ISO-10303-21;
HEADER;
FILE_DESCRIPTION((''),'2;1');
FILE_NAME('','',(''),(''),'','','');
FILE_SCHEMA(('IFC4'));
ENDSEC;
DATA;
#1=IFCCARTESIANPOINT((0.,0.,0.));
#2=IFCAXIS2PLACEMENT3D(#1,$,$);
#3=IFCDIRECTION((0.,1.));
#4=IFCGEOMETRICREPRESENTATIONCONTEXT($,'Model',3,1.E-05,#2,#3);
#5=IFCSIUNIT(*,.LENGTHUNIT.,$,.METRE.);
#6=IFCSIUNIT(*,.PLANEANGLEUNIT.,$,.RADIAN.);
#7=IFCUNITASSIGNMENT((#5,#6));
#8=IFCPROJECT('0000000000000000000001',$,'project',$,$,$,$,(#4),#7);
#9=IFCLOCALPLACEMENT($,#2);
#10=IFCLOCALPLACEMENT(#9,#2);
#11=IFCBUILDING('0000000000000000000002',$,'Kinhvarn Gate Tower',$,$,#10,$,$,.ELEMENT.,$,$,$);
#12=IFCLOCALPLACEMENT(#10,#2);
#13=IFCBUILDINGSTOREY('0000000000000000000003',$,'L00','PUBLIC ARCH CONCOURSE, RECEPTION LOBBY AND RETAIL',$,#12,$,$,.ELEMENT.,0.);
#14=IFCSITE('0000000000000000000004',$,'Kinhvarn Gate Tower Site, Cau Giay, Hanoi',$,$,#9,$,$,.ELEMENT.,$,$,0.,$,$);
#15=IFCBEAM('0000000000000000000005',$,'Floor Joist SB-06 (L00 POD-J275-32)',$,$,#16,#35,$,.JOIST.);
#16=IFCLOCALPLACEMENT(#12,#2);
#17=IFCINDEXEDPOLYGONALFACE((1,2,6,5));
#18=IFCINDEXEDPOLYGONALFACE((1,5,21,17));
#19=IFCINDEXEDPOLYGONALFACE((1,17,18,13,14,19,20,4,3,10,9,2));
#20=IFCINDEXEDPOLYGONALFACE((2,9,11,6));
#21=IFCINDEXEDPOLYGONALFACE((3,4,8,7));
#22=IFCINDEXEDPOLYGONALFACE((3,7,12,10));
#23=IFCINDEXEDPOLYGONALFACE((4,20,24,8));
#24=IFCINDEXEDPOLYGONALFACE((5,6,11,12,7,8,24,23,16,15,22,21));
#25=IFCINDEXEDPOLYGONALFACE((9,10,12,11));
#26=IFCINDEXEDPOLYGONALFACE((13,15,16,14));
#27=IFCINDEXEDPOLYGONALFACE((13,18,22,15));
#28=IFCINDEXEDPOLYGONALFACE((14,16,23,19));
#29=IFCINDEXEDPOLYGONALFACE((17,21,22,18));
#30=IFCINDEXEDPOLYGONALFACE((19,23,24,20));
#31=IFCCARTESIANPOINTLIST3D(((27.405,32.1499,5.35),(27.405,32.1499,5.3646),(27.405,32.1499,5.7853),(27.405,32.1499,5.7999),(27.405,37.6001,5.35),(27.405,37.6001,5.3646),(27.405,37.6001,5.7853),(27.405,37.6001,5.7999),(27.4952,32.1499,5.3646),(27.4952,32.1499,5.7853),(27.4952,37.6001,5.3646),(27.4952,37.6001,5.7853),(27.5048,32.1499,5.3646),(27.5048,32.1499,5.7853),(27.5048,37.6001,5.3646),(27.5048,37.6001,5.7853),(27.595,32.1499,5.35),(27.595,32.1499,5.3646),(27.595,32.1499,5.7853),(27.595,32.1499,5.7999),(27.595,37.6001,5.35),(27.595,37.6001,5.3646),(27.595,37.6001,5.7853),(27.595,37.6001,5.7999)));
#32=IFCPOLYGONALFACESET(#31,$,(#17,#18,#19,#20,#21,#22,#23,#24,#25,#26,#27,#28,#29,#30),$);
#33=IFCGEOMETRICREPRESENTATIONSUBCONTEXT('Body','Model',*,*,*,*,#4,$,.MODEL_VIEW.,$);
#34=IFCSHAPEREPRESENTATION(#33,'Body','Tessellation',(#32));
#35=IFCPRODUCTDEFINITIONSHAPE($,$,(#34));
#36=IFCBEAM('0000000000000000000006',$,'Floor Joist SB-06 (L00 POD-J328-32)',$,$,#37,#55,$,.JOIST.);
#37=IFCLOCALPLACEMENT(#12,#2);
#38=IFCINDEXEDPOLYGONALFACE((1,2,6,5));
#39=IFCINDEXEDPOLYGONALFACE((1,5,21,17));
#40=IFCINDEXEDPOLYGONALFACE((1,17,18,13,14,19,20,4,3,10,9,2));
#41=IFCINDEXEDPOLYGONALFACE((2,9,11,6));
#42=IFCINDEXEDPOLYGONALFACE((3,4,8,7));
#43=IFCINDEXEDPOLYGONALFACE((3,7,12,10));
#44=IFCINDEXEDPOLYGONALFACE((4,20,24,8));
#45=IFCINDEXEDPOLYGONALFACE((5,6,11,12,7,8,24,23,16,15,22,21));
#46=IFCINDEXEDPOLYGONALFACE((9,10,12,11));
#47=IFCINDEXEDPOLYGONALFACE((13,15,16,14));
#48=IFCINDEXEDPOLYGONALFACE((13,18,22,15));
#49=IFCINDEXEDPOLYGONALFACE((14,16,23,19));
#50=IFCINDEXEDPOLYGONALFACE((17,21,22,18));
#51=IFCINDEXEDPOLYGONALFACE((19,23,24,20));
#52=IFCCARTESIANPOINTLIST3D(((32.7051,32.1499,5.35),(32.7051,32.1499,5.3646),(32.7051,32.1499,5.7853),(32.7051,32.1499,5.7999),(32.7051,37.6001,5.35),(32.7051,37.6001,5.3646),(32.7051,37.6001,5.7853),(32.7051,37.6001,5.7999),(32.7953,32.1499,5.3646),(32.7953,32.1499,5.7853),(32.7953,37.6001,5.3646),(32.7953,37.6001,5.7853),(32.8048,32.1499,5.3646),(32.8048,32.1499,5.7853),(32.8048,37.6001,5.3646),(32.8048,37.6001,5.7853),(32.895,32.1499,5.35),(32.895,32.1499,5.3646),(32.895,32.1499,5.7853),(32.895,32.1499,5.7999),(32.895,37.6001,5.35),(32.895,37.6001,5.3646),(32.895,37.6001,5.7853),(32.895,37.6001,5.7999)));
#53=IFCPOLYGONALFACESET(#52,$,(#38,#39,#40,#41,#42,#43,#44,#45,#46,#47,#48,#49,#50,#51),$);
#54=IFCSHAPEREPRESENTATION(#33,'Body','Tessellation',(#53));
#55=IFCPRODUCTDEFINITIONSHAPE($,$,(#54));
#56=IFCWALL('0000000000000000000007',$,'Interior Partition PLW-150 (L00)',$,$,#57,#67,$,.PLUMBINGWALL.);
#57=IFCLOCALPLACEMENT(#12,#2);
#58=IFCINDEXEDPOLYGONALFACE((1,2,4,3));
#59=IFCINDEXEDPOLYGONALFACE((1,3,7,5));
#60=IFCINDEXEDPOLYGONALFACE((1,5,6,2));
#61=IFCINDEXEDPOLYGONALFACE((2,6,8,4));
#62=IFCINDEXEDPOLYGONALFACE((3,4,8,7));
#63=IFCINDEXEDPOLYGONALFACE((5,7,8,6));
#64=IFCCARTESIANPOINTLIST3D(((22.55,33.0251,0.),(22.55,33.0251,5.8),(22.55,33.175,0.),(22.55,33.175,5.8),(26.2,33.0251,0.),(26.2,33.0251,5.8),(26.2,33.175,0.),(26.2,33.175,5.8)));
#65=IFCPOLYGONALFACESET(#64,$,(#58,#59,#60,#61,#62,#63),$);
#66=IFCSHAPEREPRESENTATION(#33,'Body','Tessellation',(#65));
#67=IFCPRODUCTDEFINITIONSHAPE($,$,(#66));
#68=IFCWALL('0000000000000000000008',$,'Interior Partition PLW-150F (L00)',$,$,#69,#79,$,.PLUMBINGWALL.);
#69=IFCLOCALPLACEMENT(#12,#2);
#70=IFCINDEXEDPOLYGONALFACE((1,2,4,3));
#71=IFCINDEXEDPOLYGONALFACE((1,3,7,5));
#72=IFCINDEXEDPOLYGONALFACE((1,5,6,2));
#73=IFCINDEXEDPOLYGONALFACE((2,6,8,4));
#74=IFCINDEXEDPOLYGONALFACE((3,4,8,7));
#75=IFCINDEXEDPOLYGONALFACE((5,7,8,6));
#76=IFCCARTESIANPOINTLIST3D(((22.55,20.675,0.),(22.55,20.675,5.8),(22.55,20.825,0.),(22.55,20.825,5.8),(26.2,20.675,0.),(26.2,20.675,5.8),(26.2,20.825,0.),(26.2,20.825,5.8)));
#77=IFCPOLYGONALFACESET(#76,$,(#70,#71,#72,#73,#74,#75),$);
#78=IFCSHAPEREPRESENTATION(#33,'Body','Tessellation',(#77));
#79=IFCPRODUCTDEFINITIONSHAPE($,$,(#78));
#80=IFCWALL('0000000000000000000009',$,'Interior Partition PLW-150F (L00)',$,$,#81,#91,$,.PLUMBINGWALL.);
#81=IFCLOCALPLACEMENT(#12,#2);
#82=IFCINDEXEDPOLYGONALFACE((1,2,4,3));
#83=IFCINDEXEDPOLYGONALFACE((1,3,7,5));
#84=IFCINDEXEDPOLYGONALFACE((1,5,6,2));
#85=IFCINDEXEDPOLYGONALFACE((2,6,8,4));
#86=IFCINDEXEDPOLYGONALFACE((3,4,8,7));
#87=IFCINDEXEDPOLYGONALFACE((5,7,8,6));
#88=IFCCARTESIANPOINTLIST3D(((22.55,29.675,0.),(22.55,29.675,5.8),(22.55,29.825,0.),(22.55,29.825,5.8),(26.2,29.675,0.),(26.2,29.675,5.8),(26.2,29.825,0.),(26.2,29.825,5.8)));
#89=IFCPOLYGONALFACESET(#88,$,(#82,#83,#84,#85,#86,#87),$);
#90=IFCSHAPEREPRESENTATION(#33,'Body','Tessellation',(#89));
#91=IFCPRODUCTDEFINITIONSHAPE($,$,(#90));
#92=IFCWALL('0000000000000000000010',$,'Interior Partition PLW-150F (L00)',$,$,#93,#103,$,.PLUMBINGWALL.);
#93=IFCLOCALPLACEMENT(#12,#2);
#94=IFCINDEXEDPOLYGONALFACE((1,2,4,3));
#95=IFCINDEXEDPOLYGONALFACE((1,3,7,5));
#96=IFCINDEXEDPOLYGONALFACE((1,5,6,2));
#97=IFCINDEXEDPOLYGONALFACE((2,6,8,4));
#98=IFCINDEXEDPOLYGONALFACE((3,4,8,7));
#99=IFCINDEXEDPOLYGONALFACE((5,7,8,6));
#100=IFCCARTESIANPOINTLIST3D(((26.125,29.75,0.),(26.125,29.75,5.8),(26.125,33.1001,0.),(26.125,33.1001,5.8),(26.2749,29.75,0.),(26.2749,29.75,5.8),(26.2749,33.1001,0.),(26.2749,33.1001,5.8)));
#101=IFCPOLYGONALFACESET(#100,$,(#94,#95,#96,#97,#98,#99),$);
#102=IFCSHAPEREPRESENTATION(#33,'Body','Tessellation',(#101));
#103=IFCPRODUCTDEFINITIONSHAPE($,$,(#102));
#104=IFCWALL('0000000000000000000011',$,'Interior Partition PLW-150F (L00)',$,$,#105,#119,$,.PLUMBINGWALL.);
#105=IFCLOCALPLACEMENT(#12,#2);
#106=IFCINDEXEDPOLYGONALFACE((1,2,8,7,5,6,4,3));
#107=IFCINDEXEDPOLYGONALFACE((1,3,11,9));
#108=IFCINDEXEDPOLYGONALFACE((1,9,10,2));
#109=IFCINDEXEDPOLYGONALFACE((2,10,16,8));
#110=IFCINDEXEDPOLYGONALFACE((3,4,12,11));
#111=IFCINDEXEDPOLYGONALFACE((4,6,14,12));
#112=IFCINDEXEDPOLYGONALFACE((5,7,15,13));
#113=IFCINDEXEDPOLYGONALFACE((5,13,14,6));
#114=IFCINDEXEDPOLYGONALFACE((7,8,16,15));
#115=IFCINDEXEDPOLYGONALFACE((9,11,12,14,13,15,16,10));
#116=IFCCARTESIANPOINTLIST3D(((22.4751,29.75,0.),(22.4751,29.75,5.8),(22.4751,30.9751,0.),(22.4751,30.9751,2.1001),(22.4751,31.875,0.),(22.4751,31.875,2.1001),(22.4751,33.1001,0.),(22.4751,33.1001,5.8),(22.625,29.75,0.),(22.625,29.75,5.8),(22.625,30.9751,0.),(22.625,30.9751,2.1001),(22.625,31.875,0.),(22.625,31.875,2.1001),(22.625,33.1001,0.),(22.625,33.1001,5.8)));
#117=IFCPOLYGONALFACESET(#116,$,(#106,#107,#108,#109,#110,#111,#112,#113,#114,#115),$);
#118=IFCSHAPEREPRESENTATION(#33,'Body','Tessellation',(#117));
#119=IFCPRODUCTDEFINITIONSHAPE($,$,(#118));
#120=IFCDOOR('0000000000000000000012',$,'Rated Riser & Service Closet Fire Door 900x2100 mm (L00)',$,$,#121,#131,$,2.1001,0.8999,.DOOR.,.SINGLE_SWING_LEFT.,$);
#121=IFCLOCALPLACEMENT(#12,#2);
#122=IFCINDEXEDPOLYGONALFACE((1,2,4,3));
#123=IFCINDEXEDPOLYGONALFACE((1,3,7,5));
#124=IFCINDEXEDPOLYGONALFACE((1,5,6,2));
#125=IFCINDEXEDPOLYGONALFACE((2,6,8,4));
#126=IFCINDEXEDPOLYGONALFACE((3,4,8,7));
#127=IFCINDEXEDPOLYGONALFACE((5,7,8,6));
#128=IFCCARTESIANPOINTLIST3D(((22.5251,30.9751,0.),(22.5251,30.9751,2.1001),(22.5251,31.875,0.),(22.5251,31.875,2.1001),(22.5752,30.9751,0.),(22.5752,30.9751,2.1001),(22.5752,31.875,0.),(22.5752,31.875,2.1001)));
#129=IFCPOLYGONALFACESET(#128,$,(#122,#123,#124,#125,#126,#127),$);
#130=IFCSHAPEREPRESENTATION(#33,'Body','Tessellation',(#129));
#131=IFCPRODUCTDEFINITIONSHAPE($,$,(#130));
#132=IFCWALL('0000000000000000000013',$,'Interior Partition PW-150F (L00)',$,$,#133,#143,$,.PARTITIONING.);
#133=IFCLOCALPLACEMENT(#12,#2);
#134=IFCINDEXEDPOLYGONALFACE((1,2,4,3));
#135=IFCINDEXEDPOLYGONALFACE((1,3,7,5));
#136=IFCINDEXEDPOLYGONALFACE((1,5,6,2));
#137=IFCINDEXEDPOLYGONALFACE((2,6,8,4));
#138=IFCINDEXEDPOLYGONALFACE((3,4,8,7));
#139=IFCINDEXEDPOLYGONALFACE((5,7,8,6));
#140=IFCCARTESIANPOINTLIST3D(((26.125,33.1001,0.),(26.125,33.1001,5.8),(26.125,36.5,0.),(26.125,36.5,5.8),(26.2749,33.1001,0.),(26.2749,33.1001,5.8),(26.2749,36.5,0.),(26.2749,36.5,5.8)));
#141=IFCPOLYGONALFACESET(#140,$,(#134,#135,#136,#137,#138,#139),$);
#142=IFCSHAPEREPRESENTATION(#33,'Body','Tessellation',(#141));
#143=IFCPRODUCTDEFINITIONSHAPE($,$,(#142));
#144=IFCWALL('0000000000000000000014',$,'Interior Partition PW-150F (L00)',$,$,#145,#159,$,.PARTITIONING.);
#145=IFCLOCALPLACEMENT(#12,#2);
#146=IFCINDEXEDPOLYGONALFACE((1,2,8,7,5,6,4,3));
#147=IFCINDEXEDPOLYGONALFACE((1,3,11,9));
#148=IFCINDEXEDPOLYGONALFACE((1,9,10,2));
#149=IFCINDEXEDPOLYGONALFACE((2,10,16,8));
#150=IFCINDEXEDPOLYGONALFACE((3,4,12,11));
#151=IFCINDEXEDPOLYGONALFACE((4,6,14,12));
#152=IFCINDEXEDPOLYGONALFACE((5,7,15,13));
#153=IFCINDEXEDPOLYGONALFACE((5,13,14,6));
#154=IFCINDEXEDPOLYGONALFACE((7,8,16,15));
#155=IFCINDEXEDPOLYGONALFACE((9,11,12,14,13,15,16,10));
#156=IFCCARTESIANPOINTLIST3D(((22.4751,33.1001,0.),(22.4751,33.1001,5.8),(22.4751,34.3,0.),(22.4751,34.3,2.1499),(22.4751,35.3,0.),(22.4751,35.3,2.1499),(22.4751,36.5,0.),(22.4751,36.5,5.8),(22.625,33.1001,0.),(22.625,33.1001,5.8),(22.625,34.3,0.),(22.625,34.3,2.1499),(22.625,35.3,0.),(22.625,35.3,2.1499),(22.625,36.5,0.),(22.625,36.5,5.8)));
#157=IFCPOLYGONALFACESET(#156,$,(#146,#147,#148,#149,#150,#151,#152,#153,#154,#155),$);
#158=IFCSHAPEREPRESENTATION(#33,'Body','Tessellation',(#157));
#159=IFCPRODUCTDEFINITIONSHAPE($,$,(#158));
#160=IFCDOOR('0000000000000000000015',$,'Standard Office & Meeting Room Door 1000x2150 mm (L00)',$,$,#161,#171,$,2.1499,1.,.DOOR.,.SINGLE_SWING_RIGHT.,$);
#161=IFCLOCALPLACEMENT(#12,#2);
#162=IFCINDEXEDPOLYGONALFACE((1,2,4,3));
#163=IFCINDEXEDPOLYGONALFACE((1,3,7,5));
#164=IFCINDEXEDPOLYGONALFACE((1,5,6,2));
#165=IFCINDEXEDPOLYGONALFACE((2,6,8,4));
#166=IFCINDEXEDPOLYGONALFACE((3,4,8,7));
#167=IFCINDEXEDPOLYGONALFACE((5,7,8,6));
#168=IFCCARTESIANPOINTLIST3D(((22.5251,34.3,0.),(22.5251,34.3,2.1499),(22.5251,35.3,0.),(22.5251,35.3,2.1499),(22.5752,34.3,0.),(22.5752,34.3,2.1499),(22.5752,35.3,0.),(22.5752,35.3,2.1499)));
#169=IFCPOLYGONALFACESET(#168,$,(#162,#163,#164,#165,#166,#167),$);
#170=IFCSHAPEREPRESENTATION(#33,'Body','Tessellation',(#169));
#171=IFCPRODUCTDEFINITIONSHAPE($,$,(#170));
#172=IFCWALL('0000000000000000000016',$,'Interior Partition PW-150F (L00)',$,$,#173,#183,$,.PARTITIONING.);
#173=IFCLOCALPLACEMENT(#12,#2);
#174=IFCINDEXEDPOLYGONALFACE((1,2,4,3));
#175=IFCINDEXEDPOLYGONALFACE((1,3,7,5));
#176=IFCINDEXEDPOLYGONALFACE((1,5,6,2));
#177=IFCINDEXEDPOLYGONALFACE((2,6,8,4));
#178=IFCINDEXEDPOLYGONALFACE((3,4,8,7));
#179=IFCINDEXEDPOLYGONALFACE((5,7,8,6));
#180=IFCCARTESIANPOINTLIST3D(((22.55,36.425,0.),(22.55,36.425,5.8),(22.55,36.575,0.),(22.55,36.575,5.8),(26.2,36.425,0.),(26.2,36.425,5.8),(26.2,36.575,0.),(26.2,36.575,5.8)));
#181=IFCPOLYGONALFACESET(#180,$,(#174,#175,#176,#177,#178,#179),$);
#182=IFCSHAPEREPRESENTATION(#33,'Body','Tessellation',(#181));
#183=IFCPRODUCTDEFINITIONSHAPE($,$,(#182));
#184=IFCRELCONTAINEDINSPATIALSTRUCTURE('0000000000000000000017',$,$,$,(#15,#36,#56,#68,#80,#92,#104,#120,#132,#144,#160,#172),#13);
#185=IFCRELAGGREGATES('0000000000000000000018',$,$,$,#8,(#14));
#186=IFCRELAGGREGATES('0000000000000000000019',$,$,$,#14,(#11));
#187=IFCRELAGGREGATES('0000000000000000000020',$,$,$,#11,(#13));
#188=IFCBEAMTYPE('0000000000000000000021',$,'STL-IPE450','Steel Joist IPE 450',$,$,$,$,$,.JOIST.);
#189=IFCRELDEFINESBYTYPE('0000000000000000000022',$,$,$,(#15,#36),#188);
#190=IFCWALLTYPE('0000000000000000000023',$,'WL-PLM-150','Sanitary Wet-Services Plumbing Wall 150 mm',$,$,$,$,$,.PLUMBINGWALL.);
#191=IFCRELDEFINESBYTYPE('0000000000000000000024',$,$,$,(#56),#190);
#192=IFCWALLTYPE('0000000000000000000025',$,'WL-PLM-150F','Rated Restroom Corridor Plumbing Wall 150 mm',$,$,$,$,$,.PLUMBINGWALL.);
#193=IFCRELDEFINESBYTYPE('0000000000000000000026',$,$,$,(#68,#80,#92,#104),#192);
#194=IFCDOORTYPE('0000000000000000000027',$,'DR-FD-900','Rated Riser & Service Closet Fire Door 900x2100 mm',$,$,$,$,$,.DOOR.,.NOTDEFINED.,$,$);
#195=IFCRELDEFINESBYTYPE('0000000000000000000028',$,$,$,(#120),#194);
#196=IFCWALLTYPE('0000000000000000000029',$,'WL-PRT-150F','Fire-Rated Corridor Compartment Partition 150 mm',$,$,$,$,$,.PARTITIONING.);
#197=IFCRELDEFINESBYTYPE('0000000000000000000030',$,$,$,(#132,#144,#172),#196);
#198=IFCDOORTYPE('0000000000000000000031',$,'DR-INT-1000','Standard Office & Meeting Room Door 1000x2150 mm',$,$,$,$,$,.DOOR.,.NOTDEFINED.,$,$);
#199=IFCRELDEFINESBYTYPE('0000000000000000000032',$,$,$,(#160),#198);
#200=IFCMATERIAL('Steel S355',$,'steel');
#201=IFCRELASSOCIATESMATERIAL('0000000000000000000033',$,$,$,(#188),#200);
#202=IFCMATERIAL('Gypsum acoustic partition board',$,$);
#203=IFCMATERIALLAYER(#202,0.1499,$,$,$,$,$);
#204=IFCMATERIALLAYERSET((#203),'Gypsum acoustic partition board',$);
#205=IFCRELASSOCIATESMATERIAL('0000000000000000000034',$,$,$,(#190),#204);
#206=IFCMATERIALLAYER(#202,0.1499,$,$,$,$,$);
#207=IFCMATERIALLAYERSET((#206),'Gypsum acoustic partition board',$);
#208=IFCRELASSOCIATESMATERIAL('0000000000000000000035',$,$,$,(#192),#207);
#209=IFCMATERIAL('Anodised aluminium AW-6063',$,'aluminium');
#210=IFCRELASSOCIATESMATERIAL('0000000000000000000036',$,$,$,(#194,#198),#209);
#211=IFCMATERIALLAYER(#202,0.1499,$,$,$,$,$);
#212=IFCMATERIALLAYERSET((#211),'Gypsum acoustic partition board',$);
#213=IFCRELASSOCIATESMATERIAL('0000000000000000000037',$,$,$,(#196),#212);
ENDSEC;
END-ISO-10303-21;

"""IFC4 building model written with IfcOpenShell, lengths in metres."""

from ifc_helpers import new_model, si_unit, direction, frame, frame_2d, origin, origin_2d, place, context, subcontext, project, spatial, rectangle, i_section, extrude, material, layer, layer_set, material_profile, profile_set, type_object, element, fill, save


model = new_model("IFC4")

# Units and contexts
model_context = context("Model", 3, precision=1e-05, world=origin(), true_north=direction((0.0, 1.0)))
body_context = subcontext(model_context, "Body", "Model", "MODEL_VIEW")
ifc_project = project(units=[si_unit("LENGTHUNIT", "METRE"), si_unit("PLANEANGLEUNIT", "RADIAN")], contexts=[model_context])

# Site, building, storey
site_placement = place(None, origin())
site = spatial("IfcSite", under=ifc_project, at=site_placement, Name="Kinhvarn Gate Tower Site, Cau Giay, Hanoi", CompositionType="ELEMENT", RefElevation=0.0)
building_placement = place(site_placement, origin())
building = spatial("IfcBuilding", under=site, at=building_placement, Name="Kinhvarn Gate Tower", CompositionType="ELEMENT")
storey_placement = place(building_placement, origin())
storey = spatial("IfcBuildingStorey", under=building, at=storey_placement, Name="L00", Description="PUBLIC ARCH CONCOURSE, RECEPTION LOBBY AND RETAIL", CompositionType="ELEMENT", Elevation=0.0)

# Beams
ifc_material_1 = material(Name="Steel S355", Category="steel")
ifc_material_profile_1 = material_profile(ifc_material_1, i_section(OverallWidth=0.1899, OverallDepth=0.45, WebThickness=0.0095, FlangeThickness=0.0146, at=origin_2d()), Name="IPE 450")
ifc_profile_set_1 = profile_set([ifc_material_profile_1], Name="Steel S355")
beam_type_1 = type_object("IfcBeamType", Name="STL-IPE450", Description="Steel Joist IPE 450", PredefinedType="JOIST", material=ifc_profile_set_1)
for number, where, z_axis, x_axis, name in (
    (1, (27.5, 32.1499, 5.575), (0.0, 1.0, 0.0), (-1.0, 0.0, 0.0), "Floor Joist SB-06 (L00 POD-J275-32)"),
    (2, (32.8, 32.1499, 5.575), (0.0, 1.0, 0.0), (-1.0, 0.0, 0.0), "Floor Joist SB-06 (L00 POD-J328-32)"),
):
    element("IfcBeam", number, at=place(storey_placement, frame(where, z_axis=z_axis, x_axis=x_axis)), inside=storey, type_object=beam_type_1, Name=name, PredefinedType="JOIST", context=body_context, shape_type="SweptSolid", body=[
        extrude(i_section(OverallWidth=0.1899, OverallDepth=0.45, WebThickness=0.0095, FlangeThickness=0.0146, at=origin_2d()), origin(), (0.0, 0.0, 1.0), 5.4502),
    ])

# Shared definitions
ifc_material_2 = material(Name="Anodised aluminium AW-6063", Category="aluminium")

# Walls
ifc_material_3 = material(Name="Gypsum acoustic partition board")
ifc_layer_1 = layer(ifc_material_3, 0.1499)
ifc_layer_set_1 = layer_set([ifc_layer_1], Name="Gypsum acoustic partition board")
wall_type_1 = type_object("IfcWallType", Name="WL-PLM-150", Description="Sanitary Wet-Services Plumbing Wall 150 mm", PredefinedType="PLUMBINGWALL", material=ifc_layer_set_1)
wall_1_placement = place(storey_placement, frame((22.55, 33.1001, 0.0), z_axis=(0.0, 0.0, 1.0), x_axis=(1.0, 0.0, 0.0)))
element("IfcWall", 3, at=wall_1_placement, inside=storey, type_object=wall_type_1, Name="Interior Partition PLW-150 (L00)", PredefinedType="PLUMBINGWALL", context=body_context, shape_type="SweptSolid", body=[
    extrude(rectangle(XDim=3.6499, YDim=0.1499, at=frame_2d((1.825, 0.0))), origin(), (0.0, 0.0, 1.0), 5.8),
])
ifc_layer_2 = layer(ifc_material_3, 0.1499)
ifc_layer_set_2 = layer_set([ifc_layer_2], Name="Gypsum acoustic partition board")
wall_type_2 = type_object("IfcWallType", Name="WL-PLM-150F", Description="Rated Restroom Corridor Plumbing Wall 150 mm", PredefinedType="PLUMBINGWALL", material=ifc_layer_set_2)
for number, where, z_axis, x_axis, name in (
    (4, (22.55, 20.75, 0.0), (0.0, 0.0, 1.0), (1.0, 0.0, 0.0), "Interior Partition PLW-150F (L00)"),
    (5, (22.55, 29.75, 0.0), (0.0, 0.0, 1.0), (1.0, 0.0, 0.0), "Interior Partition PLW-150F (L00)"),
):
    element("IfcWall", number, at=place(storey_placement, frame(where, z_axis=z_axis, x_axis=x_axis)), inside=storey, type_object=wall_type_2, Name=name, PredefinedType="PLUMBINGWALL", context=body_context, shape_type="SweptSolid", body=[
        extrude(rectangle(XDim=3.6499, YDim=0.1499, at=frame_2d((1.825, 0.0))), origin(), (0.0, 0.0, 1.0), 5.8),
    ])
wall_2_placement = place(storey_placement, frame((26.2, 29.75, 0.0), z_axis=(0.0, 0.0, 1.0), x_axis=(0.0, 1.0, 0.0)))
element("IfcWall", 6, at=wall_2_placement, inside=storey, type_object=wall_type_2, Name="Interior Partition PLW-150F (L00)", PredefinedType="PLUMBINGWALL", context=body_context, shape_type="SweptSolid", body=[
    extrude(rectangle(XDim=3.3501, YDim=0.1499, at=frame_2d((1.675, 0.0))), origin(), (0.0, 0.0, 1.0), 5.8),
])

# Wall, opening, door
wall_3_placement = place(storey_placement, frame((22.55, 29.75, 0.0), z_axis=(0.0, 0.0, 1.0), x_axis=(0.0, 1.0, 0.0)))
wall_3 = element("IfcWall", 7, at=wall_3_placement, inside=storey, type_object=wall_type_2, Name="Interior Partition PLW-150F (L00)", PredefinedType="PLUMBINGWALL", context=body_context, shape_type="SweptSolid", body=[
    extrude(rectangle(XDim=3.3501, YDim=0.1499, at=frame_2d((1.675, 0.0))), origin(), (0.0, 0.0, 1.0), 5.8),
])
opening_1_placement = place(wall_3_placement, frame((1.2251, 0.0, 0.0)))
opening_1 = element("IfcOpeningElement", 8, at=opening_1_placement, cuts=wall_3, PredefinedType="OPENING", context=body_context, shape_type="SweptSolid", body=[
    extrude(rectangle(XDim=0.8999, YDim=2.1001, at=frame_2d((0.45, 1.05))), frame((0.0, 0.085, 0.0), z_axis=(0.0, -1.0, 0.0), x_axis=(1.0, 0.0, 0.0)), (0.0, 0.0, 1.0), 0.1699),
])
door_type_1 = type_object("IfcDoorType", Name="DR-FD-900", Description="Rated Riser & Service Closet Fire Door 900x2100 mm", OperationType="NOTDEFINED", PredefinedType="DOOR", material=ifc_material_2)
door_1_placement = place(opening_1_placement, origin())
door_1 = element("IfcDoor", 9, at=door_1_placement, inside=storey, type_object=door_type_1, Name="Rated Riser & Service Closet Fire Door 900x2100 mm (L00)", OperationType="SINGLE_SWING_LEFT", OverallHeight=2.1001, OverallWidth=0.8999, PredefinedType="DOOR", context=body_context, shape_type="SweptSolid", body=[
    extrude(rectangle(XDim=0.8999, YDim=2.1001, at=frame_2d((0.45, 1.05))), frame((0.0, 0.0249, 0.0), z_axis=(0.0, -1.0, 0.0), x_axis=(1.0, 0.0, 0.0)), (0.0, 0.0, 1.0), 0.05),
])
fill(opening_1, door_1)
ifc_layer_3 = layer(ifc_material_3, 0.1499)
ifc_layer_set_3 = layer_set([ifc_layer_3], Name="Gypsum acoustic partition board")
wall_type_3 = type_object("IfcWallType", Name="WL-PRT-150F", Description="Fire-Rated Corridor Compartment Partition 150 mm", PredefinedType="PARTITIONING", material=ifc_layer_set_3)

# Wall
wall_4_placement = place(storey_placement, frame((26.2, 33.1001, 0.0), z_axis=(0.0, 0.0, 1.0), x_axis=(0.0, 1.0, 0.0)))
element("IfcWall", 10, at=wall_4_placement, inside=storey, type_object=wall_type_3, Name="Interior Partition PW-150F (L00)", PredefinedType="PARTITIONING", context=body_context, shape_type="SweptSolid", body=[
    extrude(rectangle(XDim=3.3999, YDim=0.1499, at=frame_2d((1.7, 0.0))), origin(), (0.0, 0.0, 1.0), 5.8),
])

# Wall, opening, door
wall_5_placement = place(storey_placement, frame((22.55, 33.1001, 0.0), z_axis=(0.0, 0.0, 1.0), x_axis=(0.0, 1.0, 0.0)))
wall_5 = element("IfcWall", 11, at=wall_5_placement, inside=storey, type_object=wall_type_3, Name="Interior Partition PW-150F (L00)", PredefinedType="PARTITIONING", context=body_context, shape_type="SweptSolid", body=[
    extrude(rectangle(XDim=3.3999, YDim=0.1499, at=frame_2d((1.7, 0.0))), origin(), (0.0, 0.0, 1.0), 5.8),
])
opening_2_placement = place(wall_5_placement, frame((1.2, 0.0, 0.0)))
opening_2 = element("IfcOpeningElement", 12, at=opening_2_placement, cuts=wall_5, PredefinedType="OPENING", context=body_context, shape_type="SweptSolid", body=[
    extrude(rectangle(XDim=1.0, YDim=2.1499, at=frame_2d((0.5, 1.075))), frame((0.0, 0.085, 0.0), z_axis=(0.0, -1.0, 0.0), x_axis=(1.0, 0.0, 0.0)), (0.0, 0.0, 1.0), 0.1699),
])
door_type_2 = type_object("IfcDoorType", Name="DR-INT-1000", Description="Standard Office & Meeting Room Door 1000x2150 mm", OperationType="NOTDEFINED", PredefinedType="DOOR", material=ifc_material_2)
door_2_placement = place(opening_2_placement, origin())
door_2 = element("IfcDoor", 13, at=door_2_placement, inside=storey, type_object=door_type_2, Name="Standard Office & Meeting Room Door 1000x2150 mm (L00)", OperationType="SINGLE_SWING_RIGHT", OverallHeight=2.1499, OverallWidth=1.0, PredefinedType="DOOR", context=body_context, shape_type="SweptSolid", body=[
    extrude(rectangle(XDim=1.0, YDim=2.1499, at=frame_2d((0.5, 1.075))), frame((0.0, 0.0249, 0.0), z_axis=(0.0, -1.0, 0.0), x_axis=(1.0, 0.0, 0.0)), (0.0, 0.0, 1.0), 0.05),
])
fill(opening_2, door_2)

# Wall
wall_6_placement = place(storey_placement, frame((22.55, 36.5, 0.0), z_axis=(0.0, 0.0, 1.0), x_axis=(1.0, 0.0, 0.0)))
element("IfcWall", 14, at=wall_6_placement, inside=storey, type_object=wall_type_3, Name="Interior Partition PW-150F (L00)", PredefinedType="PARTITIONING", context=body_context, shape_type="SweptSolid", body=[
    extrude(rectangle(XDim=3.6499, YDim=0.1499, at=frame_2d((1.825, 0.0))), origin(), (0.0, 0.0, 1.0), 5.8),
])

save(model, "model.ifc")
